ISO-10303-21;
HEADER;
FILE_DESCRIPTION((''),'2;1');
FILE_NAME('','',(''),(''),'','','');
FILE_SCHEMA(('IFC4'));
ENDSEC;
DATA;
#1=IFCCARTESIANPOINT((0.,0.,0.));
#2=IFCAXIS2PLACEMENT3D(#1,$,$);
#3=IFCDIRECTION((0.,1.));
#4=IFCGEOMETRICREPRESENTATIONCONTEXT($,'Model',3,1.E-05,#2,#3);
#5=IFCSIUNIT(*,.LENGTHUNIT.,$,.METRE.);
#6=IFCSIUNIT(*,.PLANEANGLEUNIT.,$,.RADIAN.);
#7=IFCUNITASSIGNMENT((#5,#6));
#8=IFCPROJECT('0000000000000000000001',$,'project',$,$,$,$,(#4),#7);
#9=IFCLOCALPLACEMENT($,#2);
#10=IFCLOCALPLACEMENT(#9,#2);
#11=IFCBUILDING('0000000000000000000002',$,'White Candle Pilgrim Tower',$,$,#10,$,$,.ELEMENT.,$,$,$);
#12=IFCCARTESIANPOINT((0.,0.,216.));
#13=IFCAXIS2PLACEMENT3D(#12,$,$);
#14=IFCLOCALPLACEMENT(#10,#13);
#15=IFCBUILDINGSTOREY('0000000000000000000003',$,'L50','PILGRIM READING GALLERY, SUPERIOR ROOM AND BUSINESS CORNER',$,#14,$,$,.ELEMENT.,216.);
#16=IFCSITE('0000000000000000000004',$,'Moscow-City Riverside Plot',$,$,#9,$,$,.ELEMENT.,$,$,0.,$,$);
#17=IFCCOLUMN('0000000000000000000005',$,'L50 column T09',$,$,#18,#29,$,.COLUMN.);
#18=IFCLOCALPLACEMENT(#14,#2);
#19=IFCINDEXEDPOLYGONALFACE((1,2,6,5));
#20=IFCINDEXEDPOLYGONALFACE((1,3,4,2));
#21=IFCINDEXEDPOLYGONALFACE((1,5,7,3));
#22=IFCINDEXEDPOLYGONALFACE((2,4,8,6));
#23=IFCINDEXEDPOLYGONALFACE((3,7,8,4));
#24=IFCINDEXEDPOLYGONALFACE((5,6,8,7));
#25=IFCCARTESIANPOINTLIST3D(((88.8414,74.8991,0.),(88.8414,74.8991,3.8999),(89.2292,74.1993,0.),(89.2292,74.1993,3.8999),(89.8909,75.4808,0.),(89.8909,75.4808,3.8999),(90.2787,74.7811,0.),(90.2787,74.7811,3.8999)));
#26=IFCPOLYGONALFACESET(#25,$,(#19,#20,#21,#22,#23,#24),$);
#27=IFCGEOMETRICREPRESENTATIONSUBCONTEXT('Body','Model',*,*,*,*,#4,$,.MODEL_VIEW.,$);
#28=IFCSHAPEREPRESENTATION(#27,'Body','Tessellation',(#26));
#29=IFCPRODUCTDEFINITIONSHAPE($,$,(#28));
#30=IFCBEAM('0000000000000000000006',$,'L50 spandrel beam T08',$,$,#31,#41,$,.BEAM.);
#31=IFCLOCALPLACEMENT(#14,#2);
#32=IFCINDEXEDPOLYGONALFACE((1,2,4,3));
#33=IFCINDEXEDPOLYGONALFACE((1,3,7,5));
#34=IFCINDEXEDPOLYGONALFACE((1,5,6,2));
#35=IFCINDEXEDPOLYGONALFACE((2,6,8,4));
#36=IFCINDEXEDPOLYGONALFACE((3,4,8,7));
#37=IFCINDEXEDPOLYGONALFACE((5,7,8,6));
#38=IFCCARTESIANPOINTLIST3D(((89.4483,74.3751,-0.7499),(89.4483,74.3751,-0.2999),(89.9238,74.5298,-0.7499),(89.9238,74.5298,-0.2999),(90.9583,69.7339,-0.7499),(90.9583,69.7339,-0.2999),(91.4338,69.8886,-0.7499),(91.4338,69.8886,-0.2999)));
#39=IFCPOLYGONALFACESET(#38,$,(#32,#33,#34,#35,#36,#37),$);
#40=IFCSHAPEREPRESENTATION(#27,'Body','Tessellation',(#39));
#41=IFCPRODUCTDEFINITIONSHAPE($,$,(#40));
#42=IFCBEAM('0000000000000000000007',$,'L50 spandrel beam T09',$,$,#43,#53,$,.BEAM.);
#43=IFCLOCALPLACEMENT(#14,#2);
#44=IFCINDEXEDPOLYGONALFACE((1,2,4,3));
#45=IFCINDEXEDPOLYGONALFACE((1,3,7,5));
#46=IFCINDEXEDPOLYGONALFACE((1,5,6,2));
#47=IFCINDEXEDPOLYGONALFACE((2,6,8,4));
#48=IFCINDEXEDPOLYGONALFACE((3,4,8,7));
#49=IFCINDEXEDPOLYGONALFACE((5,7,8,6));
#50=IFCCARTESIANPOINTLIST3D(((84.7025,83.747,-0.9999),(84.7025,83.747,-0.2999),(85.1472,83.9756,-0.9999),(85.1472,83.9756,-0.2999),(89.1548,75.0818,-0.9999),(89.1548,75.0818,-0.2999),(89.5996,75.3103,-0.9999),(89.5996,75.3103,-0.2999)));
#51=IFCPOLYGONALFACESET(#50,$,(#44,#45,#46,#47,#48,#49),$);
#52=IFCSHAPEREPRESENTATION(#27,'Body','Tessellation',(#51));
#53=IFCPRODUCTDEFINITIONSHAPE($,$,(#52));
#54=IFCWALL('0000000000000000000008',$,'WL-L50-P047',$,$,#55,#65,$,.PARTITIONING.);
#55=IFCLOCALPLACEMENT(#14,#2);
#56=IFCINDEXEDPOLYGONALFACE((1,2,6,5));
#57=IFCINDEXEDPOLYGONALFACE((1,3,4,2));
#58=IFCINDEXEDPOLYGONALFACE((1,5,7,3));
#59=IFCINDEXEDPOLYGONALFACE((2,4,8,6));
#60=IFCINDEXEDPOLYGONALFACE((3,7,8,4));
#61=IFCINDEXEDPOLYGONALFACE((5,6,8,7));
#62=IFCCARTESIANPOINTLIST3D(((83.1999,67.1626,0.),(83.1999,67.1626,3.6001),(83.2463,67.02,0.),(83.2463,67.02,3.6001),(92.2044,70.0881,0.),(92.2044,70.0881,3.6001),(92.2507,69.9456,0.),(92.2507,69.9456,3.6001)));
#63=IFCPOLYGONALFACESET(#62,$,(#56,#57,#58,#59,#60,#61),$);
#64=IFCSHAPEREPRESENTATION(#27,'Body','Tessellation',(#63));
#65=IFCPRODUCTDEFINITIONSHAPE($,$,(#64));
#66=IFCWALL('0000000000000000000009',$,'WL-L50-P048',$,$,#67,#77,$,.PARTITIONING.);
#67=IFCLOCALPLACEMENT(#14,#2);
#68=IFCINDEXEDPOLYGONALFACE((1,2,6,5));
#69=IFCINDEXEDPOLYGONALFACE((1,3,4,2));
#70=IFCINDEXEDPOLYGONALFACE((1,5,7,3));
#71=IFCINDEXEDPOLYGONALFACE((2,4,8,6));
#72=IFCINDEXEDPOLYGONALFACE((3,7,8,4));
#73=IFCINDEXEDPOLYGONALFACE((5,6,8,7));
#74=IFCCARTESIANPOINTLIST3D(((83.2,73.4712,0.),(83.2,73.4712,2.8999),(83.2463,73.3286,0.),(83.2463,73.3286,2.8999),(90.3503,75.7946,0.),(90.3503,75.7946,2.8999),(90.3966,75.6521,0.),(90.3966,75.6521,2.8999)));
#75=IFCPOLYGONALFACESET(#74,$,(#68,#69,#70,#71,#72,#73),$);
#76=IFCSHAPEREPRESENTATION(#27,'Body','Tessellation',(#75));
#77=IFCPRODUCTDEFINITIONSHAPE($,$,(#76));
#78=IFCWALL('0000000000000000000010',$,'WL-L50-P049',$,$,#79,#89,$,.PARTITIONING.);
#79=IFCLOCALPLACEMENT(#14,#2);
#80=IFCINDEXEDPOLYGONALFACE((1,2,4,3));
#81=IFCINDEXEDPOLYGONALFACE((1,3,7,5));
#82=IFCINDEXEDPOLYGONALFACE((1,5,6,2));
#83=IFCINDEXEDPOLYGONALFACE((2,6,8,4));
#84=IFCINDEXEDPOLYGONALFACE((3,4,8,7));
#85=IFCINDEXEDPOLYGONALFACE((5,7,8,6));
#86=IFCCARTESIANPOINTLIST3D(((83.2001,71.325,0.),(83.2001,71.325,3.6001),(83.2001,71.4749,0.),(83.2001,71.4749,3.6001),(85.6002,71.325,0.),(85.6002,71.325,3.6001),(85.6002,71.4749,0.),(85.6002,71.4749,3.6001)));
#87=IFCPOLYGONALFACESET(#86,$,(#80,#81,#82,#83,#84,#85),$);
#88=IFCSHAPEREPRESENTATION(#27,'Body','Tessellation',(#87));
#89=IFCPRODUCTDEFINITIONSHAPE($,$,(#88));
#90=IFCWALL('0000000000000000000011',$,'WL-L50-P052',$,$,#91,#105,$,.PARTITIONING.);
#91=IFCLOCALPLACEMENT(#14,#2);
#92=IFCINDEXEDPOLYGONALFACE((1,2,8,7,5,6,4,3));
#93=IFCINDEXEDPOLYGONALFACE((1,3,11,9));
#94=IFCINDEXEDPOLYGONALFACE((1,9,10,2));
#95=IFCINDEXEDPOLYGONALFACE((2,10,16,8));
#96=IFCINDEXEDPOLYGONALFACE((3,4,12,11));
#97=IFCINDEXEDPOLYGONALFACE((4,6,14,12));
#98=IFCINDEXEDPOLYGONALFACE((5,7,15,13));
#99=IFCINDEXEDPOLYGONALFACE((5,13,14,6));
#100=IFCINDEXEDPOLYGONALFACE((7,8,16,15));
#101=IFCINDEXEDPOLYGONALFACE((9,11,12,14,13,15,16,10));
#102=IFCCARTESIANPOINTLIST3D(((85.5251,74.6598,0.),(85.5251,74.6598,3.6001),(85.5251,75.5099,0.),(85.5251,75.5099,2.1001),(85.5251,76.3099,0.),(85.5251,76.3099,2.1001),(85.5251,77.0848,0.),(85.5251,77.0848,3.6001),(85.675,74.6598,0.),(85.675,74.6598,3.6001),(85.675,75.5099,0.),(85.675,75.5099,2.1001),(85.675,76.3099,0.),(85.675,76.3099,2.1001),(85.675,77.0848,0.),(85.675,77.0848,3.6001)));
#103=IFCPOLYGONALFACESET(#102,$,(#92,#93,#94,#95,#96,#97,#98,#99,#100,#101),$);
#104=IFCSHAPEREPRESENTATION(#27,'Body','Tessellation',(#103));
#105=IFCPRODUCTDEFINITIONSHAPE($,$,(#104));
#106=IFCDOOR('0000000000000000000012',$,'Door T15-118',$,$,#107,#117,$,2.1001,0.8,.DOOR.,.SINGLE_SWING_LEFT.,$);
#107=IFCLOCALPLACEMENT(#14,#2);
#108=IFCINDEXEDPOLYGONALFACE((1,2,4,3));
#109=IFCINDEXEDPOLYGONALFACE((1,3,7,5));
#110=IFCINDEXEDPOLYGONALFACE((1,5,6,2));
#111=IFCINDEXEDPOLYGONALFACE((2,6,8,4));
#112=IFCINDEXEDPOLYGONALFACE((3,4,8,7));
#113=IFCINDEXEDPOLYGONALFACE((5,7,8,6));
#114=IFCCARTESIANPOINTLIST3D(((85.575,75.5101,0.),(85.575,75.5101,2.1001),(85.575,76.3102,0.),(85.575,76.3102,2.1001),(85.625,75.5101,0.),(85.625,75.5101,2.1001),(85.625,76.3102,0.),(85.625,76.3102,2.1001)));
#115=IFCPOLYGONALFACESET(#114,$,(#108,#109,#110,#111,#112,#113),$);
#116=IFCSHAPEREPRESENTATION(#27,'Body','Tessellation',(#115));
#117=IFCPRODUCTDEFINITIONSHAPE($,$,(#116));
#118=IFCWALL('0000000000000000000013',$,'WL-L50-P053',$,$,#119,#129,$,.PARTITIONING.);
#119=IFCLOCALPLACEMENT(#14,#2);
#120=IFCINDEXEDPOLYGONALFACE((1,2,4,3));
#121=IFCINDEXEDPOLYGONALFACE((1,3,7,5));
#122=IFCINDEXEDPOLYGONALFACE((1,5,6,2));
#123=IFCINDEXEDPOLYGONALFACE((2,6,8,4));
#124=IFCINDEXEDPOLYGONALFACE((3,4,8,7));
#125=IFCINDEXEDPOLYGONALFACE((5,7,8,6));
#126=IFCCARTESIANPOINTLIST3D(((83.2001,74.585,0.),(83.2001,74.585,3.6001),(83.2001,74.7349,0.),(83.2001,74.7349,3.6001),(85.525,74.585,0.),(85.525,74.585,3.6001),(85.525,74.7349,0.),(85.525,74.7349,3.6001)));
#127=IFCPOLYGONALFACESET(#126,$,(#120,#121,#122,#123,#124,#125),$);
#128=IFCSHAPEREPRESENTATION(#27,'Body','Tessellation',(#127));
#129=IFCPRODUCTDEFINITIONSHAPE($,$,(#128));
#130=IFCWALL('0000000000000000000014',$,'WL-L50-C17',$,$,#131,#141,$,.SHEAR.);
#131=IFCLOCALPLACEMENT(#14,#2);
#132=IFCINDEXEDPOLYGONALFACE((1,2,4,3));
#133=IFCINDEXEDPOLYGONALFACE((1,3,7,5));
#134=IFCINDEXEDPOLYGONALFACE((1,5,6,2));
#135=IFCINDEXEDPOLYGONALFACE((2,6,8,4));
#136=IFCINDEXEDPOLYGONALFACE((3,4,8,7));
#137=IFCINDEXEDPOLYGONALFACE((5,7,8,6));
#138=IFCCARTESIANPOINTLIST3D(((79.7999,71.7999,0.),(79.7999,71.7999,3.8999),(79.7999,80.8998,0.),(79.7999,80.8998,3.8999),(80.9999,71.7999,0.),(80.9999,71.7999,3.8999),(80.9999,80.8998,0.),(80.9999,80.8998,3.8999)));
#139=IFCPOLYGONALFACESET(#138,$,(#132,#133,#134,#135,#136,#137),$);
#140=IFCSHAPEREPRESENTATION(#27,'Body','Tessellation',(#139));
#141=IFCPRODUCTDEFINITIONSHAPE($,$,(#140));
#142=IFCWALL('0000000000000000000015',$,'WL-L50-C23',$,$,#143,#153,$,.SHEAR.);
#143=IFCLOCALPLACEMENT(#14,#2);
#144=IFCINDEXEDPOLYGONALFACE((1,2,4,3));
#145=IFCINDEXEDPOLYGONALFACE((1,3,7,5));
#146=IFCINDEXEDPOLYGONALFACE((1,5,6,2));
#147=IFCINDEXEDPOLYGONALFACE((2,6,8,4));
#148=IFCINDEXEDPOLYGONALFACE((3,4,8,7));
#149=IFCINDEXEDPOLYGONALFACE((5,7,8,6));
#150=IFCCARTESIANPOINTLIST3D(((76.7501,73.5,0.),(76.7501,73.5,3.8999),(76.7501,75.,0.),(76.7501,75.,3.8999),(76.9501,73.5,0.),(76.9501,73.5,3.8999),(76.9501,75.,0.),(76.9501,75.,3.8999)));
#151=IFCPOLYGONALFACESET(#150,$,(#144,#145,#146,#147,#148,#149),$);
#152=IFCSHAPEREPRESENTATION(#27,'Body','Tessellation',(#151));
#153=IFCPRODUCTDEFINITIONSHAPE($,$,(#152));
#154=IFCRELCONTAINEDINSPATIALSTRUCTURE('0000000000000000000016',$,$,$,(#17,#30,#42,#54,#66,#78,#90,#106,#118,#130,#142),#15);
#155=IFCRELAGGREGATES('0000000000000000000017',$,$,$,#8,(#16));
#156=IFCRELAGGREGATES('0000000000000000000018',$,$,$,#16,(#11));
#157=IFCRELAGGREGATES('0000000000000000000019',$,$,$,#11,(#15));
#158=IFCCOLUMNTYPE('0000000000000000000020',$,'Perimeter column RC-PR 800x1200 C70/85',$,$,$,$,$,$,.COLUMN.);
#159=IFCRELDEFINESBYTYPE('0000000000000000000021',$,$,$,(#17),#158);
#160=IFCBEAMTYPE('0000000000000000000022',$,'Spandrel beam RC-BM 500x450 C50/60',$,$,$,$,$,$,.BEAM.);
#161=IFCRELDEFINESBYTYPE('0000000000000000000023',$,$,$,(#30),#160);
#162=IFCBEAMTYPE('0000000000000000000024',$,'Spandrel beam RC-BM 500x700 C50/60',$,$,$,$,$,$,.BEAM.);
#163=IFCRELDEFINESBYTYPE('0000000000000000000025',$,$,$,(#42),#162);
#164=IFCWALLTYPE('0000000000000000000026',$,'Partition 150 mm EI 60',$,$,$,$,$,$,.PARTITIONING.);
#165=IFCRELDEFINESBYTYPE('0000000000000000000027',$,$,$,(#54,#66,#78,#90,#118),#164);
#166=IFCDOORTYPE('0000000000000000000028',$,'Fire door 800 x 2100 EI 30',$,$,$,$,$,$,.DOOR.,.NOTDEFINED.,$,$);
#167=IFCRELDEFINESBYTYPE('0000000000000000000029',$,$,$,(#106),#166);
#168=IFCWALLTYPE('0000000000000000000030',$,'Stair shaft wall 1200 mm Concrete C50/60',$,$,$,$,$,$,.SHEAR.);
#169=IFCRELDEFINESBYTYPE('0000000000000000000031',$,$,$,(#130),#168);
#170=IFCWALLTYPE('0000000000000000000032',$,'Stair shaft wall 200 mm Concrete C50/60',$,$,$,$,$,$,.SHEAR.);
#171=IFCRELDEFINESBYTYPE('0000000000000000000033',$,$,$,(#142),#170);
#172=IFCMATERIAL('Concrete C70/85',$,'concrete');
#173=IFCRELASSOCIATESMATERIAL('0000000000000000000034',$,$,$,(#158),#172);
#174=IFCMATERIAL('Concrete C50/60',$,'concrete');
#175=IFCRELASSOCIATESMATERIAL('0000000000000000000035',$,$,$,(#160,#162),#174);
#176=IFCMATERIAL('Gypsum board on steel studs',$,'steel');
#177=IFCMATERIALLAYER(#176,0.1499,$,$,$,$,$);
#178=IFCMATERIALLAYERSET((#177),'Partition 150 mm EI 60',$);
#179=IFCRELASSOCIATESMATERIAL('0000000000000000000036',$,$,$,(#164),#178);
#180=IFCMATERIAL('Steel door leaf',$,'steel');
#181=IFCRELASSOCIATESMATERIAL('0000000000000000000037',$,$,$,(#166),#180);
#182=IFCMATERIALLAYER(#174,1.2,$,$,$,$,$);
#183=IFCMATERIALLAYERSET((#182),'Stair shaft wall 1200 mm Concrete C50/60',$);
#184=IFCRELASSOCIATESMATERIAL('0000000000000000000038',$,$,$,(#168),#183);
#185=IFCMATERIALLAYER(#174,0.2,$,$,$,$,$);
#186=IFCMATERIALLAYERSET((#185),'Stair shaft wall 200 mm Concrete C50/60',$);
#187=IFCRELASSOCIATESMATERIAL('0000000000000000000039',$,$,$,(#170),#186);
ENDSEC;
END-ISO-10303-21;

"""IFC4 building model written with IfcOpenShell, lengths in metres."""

from ifc_helpers import new_model, si_unit, direction, frame, frame_2d, origin, origin_2d, place, context, subcontext, project, spatial, rectangle, extrude, material, layer, layer_set, material_profile, profile_set, type_object, element, fill, save


model = new_model("IFC4")

# Units and contexts
model_context = context("Model", 3, precision=1e-05, world=origin(), true_north=direction((0.0, 1.0)))
body_context = subcontext(model_context, "Body", "Model", "MODEL_VIEW")
ifc_project = project(units=[si_unit("LENGTHUNIT", "METRE"), si_unit("PLANEANGLEUNIT", "RADIAN")], contexts=[model_context])

# Site, building, storey
site_placement = place(None, origin())
site = spatial("IfcSite", under=ifc_project, at=site_placement, Name="Moscow-City Riverside Plot", CompositionType="ELEMENT", RefElevation=0.0)
building_placement = place(site_placement, origin())
building = spatial("IfcBuilding", under=site, at=building_placement, Name="White Candle Pilgrim Tower", CompositionType="ELEMENT")
storey_placement = place(building_placement, frame((0.0, 0.0, 216.0)))
storey = spatial("IfcBuildingStorey", under=building, at=storey_placement, Name="L50", Description="PILGRIM READING GALLERY, SUPERIOR ROOM AND BUSINESS CORNER", CompositionType="ELEMENT", Elevation=216.0)

# Column
ifc_material_1 = material(Name="Concrete C70/85", Category="concrete")
ifc_material_profile_1 = material_profile(ifc_material_1, rectangle(XDim=0.8, YDim=1.2, at=origin_2d()), Name="RC-PR 800x1200")
ifc_profile_set_1 = profile_set([ifc_material_profile_1], Name="Concrete C70/85")
column_type = type_object("IfcColumnType", Name="Perimeter column RC-PR 800x1200 C70/85", PredefinedType="COLUMN", material=ifc_profile_set_1)
column_placement = place(storey_placement, frame((89.5601, 74.8401, 0.0), z_axis=(0.0, 0.0, 1.0), x_axis=(0.48481, -0.87462, 0.0)))
element("IfcColumn", 1, at=column_placement, inside=storey, type_object=column_type, Name="L50 column T09", PredefinedType="COLUMN", context=body_context, shape_type="SweptSolid", body=[
    extrude(rectangle(XDim=0.8, YDim=1.2, at=origin_2d()), origin(), (0.0, 0.0, 1.0), 3.8999),
])

# Beams
ifc_material_2 = material(Name="Concrete C50/60", Category="concrete")
ifc_material_profile_2 = material_profile(ifc_material_2, rectangle(XDim=0.5, YDim=0.45, at=origin_2d()), Name="RC-BM 500x450")
ifc_profile_set_2 = profile_set([ifc_material_profile_2], Name="Concrete C50/60")
beam_type_1 = type_object("IfcBeamType", Name="Spandrel beam RC-BM 500x450 C50/60", PredefinedType="BEAM", material=ifc_profile_set_2)
beam_1_placement = place(storey_placement, frame((91.196, 69.8113, -0.5249), z_axis=(-0.309391, 0.950935, 0.0), x_axis=(-0.950935, -0.309391, 0.0)))
element("IfcBeam", 2, at=beam_1_placement, inside=storey, type_object=beam_type_1, Name="L50 spandrel beam T08", PredefinedType="BEAM", context=body_context, shape_type="SweptSolid", body=[
    extrude(rectangle(XDim=0.5, YDim=0.45, at=origin_2d()), origin(), (0.0, 0.0, 1.0), 4.8806),
])
ifc_material_profile_3 = material_profile(ifc_material_2, rectangle(XDim=0.5, YDim=0.7, at=origin_2d()), Name="RC-BM 500x700")
ifc_profile_set_3 = profile_set([ifc_material_profile_3], Name="Concrete C50/60")
beam_type_2 = type_object("IfcBeamType", Name="Spandrel beam RC-BM 500x700 C50/60", PredefinedType="BEAM", material=ifc_profile_set_3)
beam_2_placement = place(storey_placement, frame((89.3772, 75.196, -0.6499), z_axis=(-0.45702, 0.889456, 0.0), x_axis=(-0.889456, -0.45702, 0.0)))
element("IfcBeam", 3, at=beam_2_placement, inside=storey, type_object=beam_type_2, Name="L50 spandrel beam T09", PredefinedType="BEAM", context=body_context, shape_type="SweptSolid", body=[
    extrude(rectangle(XDim=0.5, YDim=0.7, at=origin_2d()), origin(), (0.0, 0.0, 1.0), 9.7422),
])

# Walls
ifc_material_3 = material(Name="Gypsum board on steel studs", Category="steel")
ifc_layer_1 = layer(ifc_material_3, 0.1499)
ifc_layer_set_1 = layer_set([ifc_layer_1], Name="Partition 150 mm EI 60")
wall_type_1 = type_object("IfcWallType", Name="Partition 150 mm EI 60", PredefinedType="PARTITIONING", material=ifc_layer_set_1)
wall_1_placement = place(storey_placement, frame((92.2275, 70.0168, 0.0), z_axis=(0.0, 0.0, 1.0), x_axis=(-0.951062, -0.309001, 0.0)))
element("IfcWall", 4, at=wall_1_placement, inside=storey, type_object=wall_type_1, Name="WL-L50-P047", PredefinedType="PARTITIONING", context=body_context, shape_type="SweptSolid", body=[
    extrude(rectangle(XDim=9.4678, YDim=0.1499, at=frame_2d((4.7339, 0.0))), origin(), (0.0, 0.0, 1.0), 3.6001),
])
wall_2_placement = place(storey_placement, frame((90.3735, 75.7234, 0.0), z_axis=(0.0, 0.0, 1.0), x_axis=(-0.951049, -0.309039, 0.0)))
element("IfcWall", 5, at=wall_2_placement, inside=storey, type_object=wall_type_1, Name="WL-L50-P048", PredefinedType="PARTITIONING", context=body_context, shape_type="SweptSolid", body=[
    extrude(rectangle(XDim=7.5183, YDim=0.1499, at=frame_2d((3.7593, 0.0))), origin(), (0.0, 0.0, 1.0), 2.8999),
])
wall_3_placement = place(storey_placement, frame((83.2, 71.3999, 0.0), z_axis=(0.0, 0.0, 1.0), x_axis=(1.0, 0.0, 0.0)))
element("IfcWall", 6, at=wall_3_placement, inside=storey, type_object=wall_type_1, Name="WL-L50-P049", PredefinedType="PARTITIONING", context=body_context, shape_type="SweptSolid", body=[
    extrude(rectangle(XDim=2.4001, YDim=0.1499, at=frame_2d((1.2002, 0.0))), origin(), (0.0, 0.0, 1.0), 3.6001),
])

# Wall, opening, door
wall_4_placement = place(storey_placement, frame((85.6001, 74.6599, 0.0), z_axis=(0.0, 0.0, 1.0), x_axis=(0.0, 1.0, 0.0)))
wall_4 = element("IfcWall", 7, at=wall_4_placement, inside=storey, type_object=wall_type_1, Name="WL-L50-P052", PredefinedType="PARTITIONING", context=body_context, shape_type="SweptSolid", body=[
    extrude(rectangle(XDim=2.425, YDim=0.1499, at=frame_2d((1.2124, 0.0))), origin(), (0.0, 0.0, 1.0), 3.6001),
])
opening_placement = place(wall_4_placement, frame((0.8501, 0.0, 0.0)))
opening = element("IfcOpeningElement", 8, at=opening_placement, cuts=wall_4, PredefinedType="OPENING", context=body_context, shape_type="SweptSolid", body=[
    extrude(rectangle(XDim=0.8, YDim=2.1001, at=frame_2d((0.3999, 1.05))), frame((0.0, 0.085, 0.0), z_axis=(0.0, -1.0, 0.0), x_axis=(1.0, 0.0, 0.0)), (0.0, 0.0, 1.0), 0.1699),
])
ifc_material_4 = material(Name="Steel door leaf", Category="steel")
door_type = type_object("IfcDoorType", Name="Fire door 800 x 2100 EI 30", OperationType="NOTDEFINED", PredefinedType="DOOR", material=ifc_material_4)
door_placement = place(opening_placement, frame((0.8, 0.0, 0.0), z_axis=(0.0, 0.0, 1.0), x_axis=(-1.0, 0.0, 0.0)))
door = element("IfcDoor", 9, at=door_placement, inside=storey, type_object=door_type, Name="Door T15-118", OperationType="SINGLE_SWING_LEFT", OverallHeight=2.1001, OverallWidth=0.8, PredefinedType="DOOR", context=body_context, shape_type="SweptSolid", body=[
    extrude(rectangle(XDim=0.8, YDim=2.1001, at=frame_2d((0.3999, 1.05))), frame((0.0, 0.0249, 0.0), z_axis=(0.0, -1.0, 0.0), x_axis=(1.0, 0.0, 0.0)), (0.0, 0.0, 1.0), 0.05),
])
fill(opening, door)

# Walls
wall_5_placement = place(storey_placement, frame((83.2, 74.6599, 0.0), z_axis=(0.0, 0.0, 1.0), x_axis=(1.0, 0.0, 0.0)))
element("IfcWall", 10, at=wall_5_placement, inside=storey, type_object=wall_type_1, Name="WL-L50-P053", PredefinedType="PARTITIONING", context=body_context, shape_type="SweptSolid", body=[
    extrude(rectangle(XDim=2.325, YDim=0.1499, at=frame_2d((1.1626, 0.0))), origin(), (0.0, 0.0, 1.0), 3.6001),
])
ifc_layer_2 = layer(ifc_material_2, 1.2)
ifc_layer_set_2 = layer_set([ifc_layer_2], Name="Stair shaft wall 1200 mm Concrete C50/60")
wall_type_2 = type_object("IfcWallType", Name="Stair shaft wall 1200 mm Concrete C50/60", PredefinedType="SHEAR", material=ifc_layer_set_2)
wall_6_placement = place(storey_placement, frame((80.3999, 71.8, 0.0), z_axis=(0.0, 0.0, 1.0), x_axis=(0.0, 1.0, 0.0)))
element("IfcWall", 11, at=wall_6_placement, inside=storey, type_object=wall_type_2, Name="WL-L50-C17", PredefinedType="SHEAR", context=body_context, shape_type="SweptSolid", body=[
    extrude(rectangle(XDim=9.0999, YDim=1.2, at=frame_2d((4.5498, 0.0))), origin(), (0.0, 0.0, 1.0), 3.8999),
])
ifc_layer_3 = layer(ifc_material_2, 0.2)
ifc_layer_set_3 = layer_set([ifc_layer_3], Name="Stair shaft wall 200 mm Concrete C50/60")
wall_type_3 = type_object("IfcWallType", Name="Stair shaft wall 200 mm Concrete C50/60", PredefinedType="SHEAR", material=ifc_layer_set_3)
wall_7_placement = place(storey_placement, frame((76.8501, 73.5, 0.0), z_axis=(0.0, 0.0, 1.0), x_axis=(0.0, 1.0, 0.0)))
element("IfcWall", 12, at=wall_7_placement, inside=storey, type_object=wall_type_3, Name="WL-L50-C23", PredefinedType="SHEAR", context=body_context, shape_type="SweptSolid", body=[
    extrude(rectangle(XDim=1.5, YDim=0.2, at=frame_2d((0.75, 0.0))), origin(), (0.0, 0.0, 1.0), 3.8999),
])

save(model, "model.ifc")
